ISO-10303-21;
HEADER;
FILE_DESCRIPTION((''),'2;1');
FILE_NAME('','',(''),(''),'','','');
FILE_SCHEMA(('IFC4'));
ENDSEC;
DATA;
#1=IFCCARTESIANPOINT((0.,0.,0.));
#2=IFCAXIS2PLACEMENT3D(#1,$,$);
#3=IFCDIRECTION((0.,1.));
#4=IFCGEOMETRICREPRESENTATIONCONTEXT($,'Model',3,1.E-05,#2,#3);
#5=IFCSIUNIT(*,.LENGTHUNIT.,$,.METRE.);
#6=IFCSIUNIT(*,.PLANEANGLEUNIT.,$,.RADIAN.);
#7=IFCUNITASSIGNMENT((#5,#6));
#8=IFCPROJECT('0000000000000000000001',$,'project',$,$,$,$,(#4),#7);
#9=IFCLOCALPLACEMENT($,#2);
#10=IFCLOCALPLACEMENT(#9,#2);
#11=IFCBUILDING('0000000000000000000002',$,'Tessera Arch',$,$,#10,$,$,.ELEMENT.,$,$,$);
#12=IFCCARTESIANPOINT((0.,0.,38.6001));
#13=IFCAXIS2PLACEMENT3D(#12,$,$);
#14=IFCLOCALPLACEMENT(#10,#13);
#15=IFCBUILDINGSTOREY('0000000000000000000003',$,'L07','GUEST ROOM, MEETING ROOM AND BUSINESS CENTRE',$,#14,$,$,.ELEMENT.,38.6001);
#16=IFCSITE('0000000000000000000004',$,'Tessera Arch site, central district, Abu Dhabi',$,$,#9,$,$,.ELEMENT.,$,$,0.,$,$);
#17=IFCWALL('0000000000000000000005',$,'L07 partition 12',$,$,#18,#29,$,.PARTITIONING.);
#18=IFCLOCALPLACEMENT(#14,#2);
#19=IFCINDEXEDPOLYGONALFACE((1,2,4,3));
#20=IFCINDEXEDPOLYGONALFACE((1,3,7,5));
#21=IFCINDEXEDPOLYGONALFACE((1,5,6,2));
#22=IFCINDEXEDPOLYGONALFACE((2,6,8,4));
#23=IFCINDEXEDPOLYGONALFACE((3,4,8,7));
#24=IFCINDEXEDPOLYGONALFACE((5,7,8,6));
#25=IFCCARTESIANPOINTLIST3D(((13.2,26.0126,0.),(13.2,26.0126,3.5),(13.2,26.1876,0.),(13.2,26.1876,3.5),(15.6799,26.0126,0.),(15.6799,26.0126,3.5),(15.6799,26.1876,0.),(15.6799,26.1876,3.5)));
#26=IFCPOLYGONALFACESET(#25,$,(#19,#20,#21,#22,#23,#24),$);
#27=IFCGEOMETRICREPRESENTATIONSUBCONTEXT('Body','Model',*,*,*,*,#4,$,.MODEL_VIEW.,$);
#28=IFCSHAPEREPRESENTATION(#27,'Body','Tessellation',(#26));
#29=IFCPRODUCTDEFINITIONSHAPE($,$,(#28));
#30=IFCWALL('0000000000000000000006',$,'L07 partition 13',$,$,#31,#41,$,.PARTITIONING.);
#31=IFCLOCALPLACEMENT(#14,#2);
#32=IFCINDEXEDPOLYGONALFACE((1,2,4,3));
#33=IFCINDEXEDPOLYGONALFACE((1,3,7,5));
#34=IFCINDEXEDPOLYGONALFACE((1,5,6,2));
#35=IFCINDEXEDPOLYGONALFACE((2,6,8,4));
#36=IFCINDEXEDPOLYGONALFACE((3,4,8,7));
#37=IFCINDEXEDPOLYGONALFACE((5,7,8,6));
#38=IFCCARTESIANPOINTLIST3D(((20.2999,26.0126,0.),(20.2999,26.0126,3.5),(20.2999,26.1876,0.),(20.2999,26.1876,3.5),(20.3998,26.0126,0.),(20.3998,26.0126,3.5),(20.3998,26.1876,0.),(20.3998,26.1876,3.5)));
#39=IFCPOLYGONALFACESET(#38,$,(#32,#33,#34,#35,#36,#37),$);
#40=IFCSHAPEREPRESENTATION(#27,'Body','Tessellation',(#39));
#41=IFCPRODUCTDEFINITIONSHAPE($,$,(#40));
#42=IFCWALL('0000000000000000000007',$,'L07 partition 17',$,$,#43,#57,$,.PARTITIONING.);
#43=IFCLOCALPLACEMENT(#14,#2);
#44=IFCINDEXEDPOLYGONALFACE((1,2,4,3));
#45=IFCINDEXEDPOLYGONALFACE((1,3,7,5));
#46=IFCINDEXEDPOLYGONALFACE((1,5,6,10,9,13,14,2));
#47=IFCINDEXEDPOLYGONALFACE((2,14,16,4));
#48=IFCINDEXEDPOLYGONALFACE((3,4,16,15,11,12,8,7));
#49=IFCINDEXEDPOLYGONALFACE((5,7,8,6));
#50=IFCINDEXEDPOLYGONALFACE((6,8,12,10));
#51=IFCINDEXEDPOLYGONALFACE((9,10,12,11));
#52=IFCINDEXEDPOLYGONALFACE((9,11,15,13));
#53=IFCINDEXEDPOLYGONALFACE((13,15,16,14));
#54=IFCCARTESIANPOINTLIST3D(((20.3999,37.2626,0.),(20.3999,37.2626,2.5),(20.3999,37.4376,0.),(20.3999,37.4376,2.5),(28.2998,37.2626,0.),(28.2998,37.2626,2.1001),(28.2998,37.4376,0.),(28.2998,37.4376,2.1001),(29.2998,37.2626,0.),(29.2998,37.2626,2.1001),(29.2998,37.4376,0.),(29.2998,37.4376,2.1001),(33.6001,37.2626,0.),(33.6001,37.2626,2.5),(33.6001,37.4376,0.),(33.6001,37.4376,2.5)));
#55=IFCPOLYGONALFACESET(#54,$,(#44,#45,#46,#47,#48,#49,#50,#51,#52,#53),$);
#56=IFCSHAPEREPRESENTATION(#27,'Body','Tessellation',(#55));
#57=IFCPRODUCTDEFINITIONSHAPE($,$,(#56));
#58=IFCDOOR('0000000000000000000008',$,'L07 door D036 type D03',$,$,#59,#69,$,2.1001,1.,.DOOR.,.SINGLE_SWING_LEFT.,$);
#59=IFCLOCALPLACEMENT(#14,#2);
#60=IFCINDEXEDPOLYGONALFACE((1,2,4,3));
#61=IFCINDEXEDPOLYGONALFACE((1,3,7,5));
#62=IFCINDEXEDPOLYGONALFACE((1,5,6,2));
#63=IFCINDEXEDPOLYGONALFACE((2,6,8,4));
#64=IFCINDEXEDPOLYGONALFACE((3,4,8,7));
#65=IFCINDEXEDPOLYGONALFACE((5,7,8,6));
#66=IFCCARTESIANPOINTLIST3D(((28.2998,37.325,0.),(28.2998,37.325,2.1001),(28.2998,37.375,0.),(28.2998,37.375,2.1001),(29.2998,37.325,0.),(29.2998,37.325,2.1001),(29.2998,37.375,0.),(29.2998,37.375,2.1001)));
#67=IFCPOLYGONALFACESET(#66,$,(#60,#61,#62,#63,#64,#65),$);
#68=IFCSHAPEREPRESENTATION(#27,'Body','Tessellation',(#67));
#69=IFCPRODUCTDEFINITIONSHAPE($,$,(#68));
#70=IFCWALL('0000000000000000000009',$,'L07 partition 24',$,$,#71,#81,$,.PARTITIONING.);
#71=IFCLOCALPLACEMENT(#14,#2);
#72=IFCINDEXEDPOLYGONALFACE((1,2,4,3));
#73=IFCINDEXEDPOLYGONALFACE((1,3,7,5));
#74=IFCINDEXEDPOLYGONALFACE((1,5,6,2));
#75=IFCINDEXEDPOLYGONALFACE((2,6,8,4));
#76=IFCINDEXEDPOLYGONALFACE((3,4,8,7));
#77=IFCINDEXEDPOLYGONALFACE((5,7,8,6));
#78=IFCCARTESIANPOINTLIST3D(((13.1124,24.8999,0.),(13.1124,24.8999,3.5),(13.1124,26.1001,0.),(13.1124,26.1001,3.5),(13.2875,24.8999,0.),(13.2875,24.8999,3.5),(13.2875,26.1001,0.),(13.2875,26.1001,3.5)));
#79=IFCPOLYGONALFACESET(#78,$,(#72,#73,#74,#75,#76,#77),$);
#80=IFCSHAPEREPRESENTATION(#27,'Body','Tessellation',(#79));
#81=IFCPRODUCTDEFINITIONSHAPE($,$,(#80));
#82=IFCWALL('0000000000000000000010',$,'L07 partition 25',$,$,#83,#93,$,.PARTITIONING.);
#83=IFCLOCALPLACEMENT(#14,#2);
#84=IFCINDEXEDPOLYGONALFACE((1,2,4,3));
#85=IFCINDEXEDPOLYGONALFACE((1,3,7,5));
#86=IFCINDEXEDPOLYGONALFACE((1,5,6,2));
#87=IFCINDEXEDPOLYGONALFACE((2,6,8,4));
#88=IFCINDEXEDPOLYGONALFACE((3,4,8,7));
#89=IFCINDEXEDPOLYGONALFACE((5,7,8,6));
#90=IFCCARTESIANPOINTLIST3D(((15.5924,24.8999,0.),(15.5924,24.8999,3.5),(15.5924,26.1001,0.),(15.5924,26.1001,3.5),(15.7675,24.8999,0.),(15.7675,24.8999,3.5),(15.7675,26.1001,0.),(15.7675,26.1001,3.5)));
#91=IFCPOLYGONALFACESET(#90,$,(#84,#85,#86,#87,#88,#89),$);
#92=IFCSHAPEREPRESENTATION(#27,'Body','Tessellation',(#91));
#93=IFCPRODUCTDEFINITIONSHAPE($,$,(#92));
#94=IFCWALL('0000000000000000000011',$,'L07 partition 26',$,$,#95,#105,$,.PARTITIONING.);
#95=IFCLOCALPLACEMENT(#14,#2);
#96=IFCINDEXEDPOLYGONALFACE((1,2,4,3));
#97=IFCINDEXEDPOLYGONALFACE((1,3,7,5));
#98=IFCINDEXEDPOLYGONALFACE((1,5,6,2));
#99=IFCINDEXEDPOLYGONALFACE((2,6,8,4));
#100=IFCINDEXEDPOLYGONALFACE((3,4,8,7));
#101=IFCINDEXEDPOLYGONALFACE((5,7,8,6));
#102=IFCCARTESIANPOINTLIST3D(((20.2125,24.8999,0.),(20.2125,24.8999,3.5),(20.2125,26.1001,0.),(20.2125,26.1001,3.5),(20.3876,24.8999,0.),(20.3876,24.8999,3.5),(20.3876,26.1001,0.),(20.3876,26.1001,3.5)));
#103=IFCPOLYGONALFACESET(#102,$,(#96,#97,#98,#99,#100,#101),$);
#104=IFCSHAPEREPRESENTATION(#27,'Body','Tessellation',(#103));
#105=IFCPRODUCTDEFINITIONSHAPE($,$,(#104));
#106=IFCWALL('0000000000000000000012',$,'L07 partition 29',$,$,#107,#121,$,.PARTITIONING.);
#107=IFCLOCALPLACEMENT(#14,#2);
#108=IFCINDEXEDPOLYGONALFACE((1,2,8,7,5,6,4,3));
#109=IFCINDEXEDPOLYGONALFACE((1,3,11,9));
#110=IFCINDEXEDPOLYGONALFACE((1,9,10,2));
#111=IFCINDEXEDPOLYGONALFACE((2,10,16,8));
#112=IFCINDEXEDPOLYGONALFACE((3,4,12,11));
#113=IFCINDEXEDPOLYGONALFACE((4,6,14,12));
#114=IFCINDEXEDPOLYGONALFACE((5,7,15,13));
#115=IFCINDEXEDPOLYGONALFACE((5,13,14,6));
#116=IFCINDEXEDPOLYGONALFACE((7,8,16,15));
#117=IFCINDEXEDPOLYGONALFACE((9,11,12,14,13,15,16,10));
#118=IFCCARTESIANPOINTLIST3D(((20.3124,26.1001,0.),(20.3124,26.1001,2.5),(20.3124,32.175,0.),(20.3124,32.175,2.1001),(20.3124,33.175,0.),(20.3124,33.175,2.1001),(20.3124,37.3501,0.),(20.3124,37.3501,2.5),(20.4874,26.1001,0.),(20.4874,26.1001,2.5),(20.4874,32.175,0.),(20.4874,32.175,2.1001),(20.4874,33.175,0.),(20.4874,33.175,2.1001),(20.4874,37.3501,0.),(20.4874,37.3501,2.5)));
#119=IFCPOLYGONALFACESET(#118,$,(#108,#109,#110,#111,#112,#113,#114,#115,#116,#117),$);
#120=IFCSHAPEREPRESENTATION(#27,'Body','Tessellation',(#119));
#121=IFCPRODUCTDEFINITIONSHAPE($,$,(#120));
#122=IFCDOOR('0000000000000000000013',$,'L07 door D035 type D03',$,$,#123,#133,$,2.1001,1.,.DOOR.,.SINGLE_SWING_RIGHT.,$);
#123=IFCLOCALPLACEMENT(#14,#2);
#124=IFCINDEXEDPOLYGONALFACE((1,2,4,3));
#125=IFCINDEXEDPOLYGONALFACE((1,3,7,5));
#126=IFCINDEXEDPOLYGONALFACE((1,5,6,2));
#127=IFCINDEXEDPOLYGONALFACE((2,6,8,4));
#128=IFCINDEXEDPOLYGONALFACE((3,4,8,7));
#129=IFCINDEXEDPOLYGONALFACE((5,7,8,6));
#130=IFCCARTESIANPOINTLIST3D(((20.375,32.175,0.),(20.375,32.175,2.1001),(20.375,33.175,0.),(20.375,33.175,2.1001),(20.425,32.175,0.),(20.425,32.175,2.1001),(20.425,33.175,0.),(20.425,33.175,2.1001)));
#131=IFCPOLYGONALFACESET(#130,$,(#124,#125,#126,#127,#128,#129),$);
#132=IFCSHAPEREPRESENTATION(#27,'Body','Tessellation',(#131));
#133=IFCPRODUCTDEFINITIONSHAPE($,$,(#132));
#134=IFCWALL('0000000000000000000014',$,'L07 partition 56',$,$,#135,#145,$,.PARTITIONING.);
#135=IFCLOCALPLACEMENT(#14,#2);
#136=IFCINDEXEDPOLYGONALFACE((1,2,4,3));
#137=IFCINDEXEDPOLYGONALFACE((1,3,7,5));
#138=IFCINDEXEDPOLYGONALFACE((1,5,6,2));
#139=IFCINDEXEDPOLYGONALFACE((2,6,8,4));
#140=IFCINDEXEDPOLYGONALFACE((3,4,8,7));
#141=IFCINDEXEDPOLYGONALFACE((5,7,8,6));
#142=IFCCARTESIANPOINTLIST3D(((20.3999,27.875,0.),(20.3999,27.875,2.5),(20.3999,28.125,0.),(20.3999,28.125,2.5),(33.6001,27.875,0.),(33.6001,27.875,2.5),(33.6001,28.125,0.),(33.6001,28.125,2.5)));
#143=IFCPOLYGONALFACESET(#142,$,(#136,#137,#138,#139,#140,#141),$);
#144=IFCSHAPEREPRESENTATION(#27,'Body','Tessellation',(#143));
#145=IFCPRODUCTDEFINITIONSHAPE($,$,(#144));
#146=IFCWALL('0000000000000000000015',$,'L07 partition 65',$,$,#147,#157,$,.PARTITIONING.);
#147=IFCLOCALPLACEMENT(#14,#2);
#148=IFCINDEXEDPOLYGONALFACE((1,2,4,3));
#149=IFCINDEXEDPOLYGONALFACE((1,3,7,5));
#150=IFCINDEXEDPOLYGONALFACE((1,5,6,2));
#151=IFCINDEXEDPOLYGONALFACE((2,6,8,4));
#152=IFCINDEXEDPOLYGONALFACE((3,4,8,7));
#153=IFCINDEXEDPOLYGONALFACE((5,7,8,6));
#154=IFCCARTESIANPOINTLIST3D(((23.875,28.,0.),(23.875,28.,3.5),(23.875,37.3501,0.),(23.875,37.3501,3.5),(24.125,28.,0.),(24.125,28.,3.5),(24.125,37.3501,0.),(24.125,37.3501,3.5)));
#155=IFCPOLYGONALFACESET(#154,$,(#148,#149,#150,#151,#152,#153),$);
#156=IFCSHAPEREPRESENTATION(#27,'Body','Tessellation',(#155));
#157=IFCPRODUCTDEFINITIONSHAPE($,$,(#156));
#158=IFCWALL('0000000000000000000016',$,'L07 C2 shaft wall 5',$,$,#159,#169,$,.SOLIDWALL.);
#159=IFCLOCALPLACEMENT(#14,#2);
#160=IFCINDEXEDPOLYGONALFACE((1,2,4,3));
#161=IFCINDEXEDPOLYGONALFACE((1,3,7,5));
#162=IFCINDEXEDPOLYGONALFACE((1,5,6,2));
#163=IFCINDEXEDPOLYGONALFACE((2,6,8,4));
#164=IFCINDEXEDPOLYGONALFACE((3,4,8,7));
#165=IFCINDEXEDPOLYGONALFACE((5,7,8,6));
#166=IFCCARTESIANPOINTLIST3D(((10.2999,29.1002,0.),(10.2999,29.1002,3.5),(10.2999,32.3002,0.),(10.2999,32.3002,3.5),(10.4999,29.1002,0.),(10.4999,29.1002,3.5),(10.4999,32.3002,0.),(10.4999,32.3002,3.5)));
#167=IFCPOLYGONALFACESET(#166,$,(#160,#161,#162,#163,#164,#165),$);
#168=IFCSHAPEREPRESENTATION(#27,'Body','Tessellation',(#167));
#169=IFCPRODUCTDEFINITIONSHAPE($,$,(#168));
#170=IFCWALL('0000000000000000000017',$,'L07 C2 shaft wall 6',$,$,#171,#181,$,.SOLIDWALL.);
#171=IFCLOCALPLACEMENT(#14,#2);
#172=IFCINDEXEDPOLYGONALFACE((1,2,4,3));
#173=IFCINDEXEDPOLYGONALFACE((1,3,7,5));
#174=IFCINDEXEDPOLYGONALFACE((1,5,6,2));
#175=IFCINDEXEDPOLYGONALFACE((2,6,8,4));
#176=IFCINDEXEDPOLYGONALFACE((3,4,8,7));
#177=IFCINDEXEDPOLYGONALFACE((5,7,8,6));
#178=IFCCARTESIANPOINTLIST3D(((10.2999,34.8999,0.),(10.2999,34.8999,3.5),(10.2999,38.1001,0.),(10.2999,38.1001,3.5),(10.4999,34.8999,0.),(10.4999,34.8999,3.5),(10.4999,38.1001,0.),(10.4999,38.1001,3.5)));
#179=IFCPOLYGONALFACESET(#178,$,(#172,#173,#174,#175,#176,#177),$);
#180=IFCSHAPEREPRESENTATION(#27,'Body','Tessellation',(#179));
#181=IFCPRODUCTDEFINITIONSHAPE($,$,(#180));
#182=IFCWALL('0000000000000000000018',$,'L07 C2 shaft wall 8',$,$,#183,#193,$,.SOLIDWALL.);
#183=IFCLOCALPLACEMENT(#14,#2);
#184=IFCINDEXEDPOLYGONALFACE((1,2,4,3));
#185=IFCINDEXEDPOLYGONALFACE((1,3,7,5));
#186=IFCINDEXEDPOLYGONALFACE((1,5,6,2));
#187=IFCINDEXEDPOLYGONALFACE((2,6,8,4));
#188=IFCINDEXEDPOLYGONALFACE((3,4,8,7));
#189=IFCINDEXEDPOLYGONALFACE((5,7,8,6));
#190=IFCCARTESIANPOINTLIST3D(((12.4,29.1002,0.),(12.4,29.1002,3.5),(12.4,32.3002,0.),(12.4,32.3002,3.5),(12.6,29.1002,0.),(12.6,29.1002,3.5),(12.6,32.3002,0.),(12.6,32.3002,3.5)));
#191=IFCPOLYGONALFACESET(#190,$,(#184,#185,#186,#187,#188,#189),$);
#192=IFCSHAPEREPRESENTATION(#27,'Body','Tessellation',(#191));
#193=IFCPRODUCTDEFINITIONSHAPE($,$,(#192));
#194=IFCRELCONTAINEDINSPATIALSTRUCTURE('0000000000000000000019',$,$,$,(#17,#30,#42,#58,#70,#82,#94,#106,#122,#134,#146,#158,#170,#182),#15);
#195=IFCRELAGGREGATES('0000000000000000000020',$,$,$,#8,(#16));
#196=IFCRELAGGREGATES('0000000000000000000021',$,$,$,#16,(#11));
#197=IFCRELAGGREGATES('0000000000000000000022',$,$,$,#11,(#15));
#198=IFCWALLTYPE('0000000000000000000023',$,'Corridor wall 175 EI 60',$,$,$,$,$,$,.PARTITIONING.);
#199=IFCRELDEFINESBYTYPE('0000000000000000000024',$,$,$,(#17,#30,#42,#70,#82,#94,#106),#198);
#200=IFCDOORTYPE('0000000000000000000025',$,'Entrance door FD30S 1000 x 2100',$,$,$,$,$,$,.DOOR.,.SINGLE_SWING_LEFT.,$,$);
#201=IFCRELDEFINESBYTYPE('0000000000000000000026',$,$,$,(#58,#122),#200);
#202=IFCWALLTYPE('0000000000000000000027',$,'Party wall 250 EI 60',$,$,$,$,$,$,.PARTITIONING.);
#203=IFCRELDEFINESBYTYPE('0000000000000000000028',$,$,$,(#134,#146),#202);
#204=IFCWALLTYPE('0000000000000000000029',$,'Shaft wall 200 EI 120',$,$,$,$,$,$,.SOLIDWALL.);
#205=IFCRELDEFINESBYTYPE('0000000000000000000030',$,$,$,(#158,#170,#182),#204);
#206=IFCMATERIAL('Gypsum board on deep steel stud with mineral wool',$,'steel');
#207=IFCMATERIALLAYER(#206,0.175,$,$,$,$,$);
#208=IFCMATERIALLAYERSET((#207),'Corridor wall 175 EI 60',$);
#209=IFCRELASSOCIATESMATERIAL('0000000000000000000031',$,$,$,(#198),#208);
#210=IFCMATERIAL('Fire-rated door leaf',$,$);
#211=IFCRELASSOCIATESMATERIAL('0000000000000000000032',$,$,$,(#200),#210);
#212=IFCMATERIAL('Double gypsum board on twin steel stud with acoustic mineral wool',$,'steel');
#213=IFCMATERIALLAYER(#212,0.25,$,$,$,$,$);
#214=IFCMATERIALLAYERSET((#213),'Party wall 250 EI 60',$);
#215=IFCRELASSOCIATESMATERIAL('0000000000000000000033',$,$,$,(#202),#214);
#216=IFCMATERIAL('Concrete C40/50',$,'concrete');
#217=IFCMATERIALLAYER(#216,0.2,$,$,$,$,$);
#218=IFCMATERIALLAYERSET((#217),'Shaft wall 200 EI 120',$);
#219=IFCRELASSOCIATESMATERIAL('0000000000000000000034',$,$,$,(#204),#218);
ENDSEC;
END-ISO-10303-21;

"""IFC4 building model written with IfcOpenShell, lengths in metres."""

from ifc_helpers import new_model, si_unit, direction, frame, frame_2d, origin, place, context, subcontext, project, spatial, rectangle, extrude, material, layer, layer_set, type_object, element, fill, save


model = new_model("IFC4")

# Units and contexts
model_context = context("Model", 3, precision=1e-05, world=origin(), true_north=direction((0.0, 1.0)))
body_context = subcontext(model_context, "Body", "Model", "MODEL_VIEW")
ifc_project = project(units=[si_unit("LENGTHUNIT", "METRE"), si_unit("PLANEANGLEUNIT", "RADIAN")], contexts=[model_context])

# Site, building, storey
site_placement = place(None, origin())
site = spatial("IfcSite", under=ifc_project, at=site_placement, Name="Tessera Arch site, central district, Abu Dhabi", CompositionType="ELEMENT", RefElevation=0.0)
building_placement = place(site_placement, origin())
building = spatial("IfcBuilding", under=site, at=building_placement, Name="Tessera Arch", CompositionType="ELEMENT")
storey_placement = place(building_placement, frame((0.0, 0.0, 38.6001)))
storey = spatial("IfcBuildingStorey", under=building, at=storey_placement, Name="L07", Description="GUEST ROOM, MEETING ROOM AND BUSINESS CENTRE", CompositionType="ELEMENT", Elevation=38.6001)

# Shared definitions
ifc_material_1 = material(Name="Gypsum board on deep steel stud with mineral wool", Category="steel")
ifc_layer_1 = layer(ifc_material_1, 0.175)
ifc_layer_set_1 = layer_set([ifc_layer_1], Name="Corridor wall 175 EI 60")
wall_type_1 = type_object("IfcWallType", Name="Corridor wall 175 EI 60", PredefinedType="PARTITIONING", material=ifc_layer_set_1)
ifc_material_2 = material(Name="Fire-rated door leaf")
door_type_1 = type_object("IfcDoorType", Name="Entrance door FD30S 1000 x 2100", OperationType="SINGLE_SWING_LEFT", PredefinedType="DOOR", material=ifc_material_2)

# Walls
wall_1_placement = place(storey_placement, frame((13.2, 26.1001, 0.0), z_axis=(0.0, 0.0, 1.0), x_axis=(1.0, 0.0, 0.0)))
element("IfcWall", 1, at=wall_1_placement, inside=storey, type_object=wall_type_1, Name="L07 partition 12", PredefinedType="PARTITIONING", context=body_context, shape_type="SweptSolid", body=[
    extrude(rectangle(XDim=2.48, YDim=0.175, at=frame_2d((1.24, 0.0))), origin(), (0.0, 0.0, 1.0), 3.5),
])
wall_2_placement = place(storey_placement, frame((20.3, 26.1001, 0.0), z_axis=(0.0, 0.0, 1.0), x_axis=(1.0, 0.0, 0.0)))
element("IfcWall", 2, at=wall_2_placement, inside=storey, type_object=wall_type_1, Name="L07 partition 13", PredefinedType="PARTITIONING", context=body_context, shape_type="SweptSolid", body=[
    extrude(rectangle(XDim=0.0999, YDim=0.175, at=frame_2d((0.0498, 0.0))), origin(), (0.0, 0.0, 1.0), 3.5),
])

# Wall, opening, door
wall_3_placement = place(storey_placement, frame((20.3999, 37.3501, 0.0), z_axis=(0.0, 0.0, 1.0), x_axis=(1.0, 0.0, 0.0)))
wall_3 = element("IfcWall", 3, at=wall_3_placement, inside=storey, type_object=wall_type_1, Name="L07 partition 17", PredefinedType="PARTITIONING", context=body_context, shape_type="SweptSolid", body=[
    extrude(rectangle(XDim=13.2002, YDim=0.175, at=frame_2d((6.6001, 0.0))), origin(), (0.0, 0.0, 1.0), 2.5),
])
opening_1_placement = place(wall_3_placement, frame((7.8999, 0.0, 0.0)))
opening_1 = element("IfcOpeningElement", 4, at=opening_1_placement, cuts=wall_3, PredefinedType="OPENING", context=body_context, shape_type="SweptSolid", body=[
    extrude(rectangle(XDim=1.0, YDim=2.1001, at=frame_2d((0.5, 1.05))), frame((0.0, 0.0974, 0.0), z_axis=(0.0, -1.0, 0.0), x_axis=(1.0, 0.0, 0.0)), (0.0, 0.0, 1.0), 0.1951),
])
door_1_placement = place(opening_1_placement, origin())
door_1 = element("IfcDoor", 5, at=door_1_placement, inside=storey, type_object=door_type_1, Name="L07 door D036 type D03", OperationType="SINGLE_SWING_LEFT", OverallHeight=2.1001, OverallWidth=1.0, PredefinedType="DOOR", context=body_context, shape_type="SweptSolid", body=[
    extrude(rectangle(XDim=1.0, YDim=2.1001, at=frame_2d((0.5, 1.05))), frame((0.0, 0.0249, 0.0), z_axis=(0.0, -1.0, 0.0), x_axis=(1.0, 0.0, 0.0)), (0.0, 0.0, 1.0), 0.05),
])
fill(opening_1, door_1)

# Walls
for number, where, z_axis, x_axis, name in (
    (6, (13.2, 24.8999, 0.0), (0.0, 0.0, 1.0), (0.0, 1.0, 0.0), "L07 partition 24"),
    (7, (15.6799, 24.8999, 0.0), (0.0, 0.0, 1.0), (0.0, 1.0, 0.0), "L07 partition 25"),
    (8, (20.3, 24.8999, 0.0), (0.0, 0.0, 1.0), (0.0, 1.0, 0.0), "L07 partition 26"),
):
    element("IfcWall", number, at=place(storey_placement, frame(where, z_axis=z_axis, x_axis=x_axis)), inside=storey, type_object=wall_type_1, Name=name, PredefinedType="PARTITIONING", context=body_context, shape_type="SweptSolid", body=[
        extrude(rectangle(XDim=1.2002, YDim=0.175, at=frame_2d((0.6001, 0.0))), origin(), (0.0, 0.0, 1.0), 3.5),
    ])

# Wall, opening, door
wall_4_placement = place(storey_placement, frame((20.3999, 26.1001, 0.0), z_axis=(0.0, 0.0, 1.0), x_axis=(0.0, 1.0, 0.0)))
wall_4 = element("IfcWall", 9, at=wall_4_placement, inside=storey, type_object=wall_type_1, Name="L07 partition 29", PredefinedType="PARTITIONING", context=body_context, shape_type="SweptSolid", body=[
    extrude(rectangle(XDim=11.25, YDim=0.175, at=frame_2d((5.625, 0.0))), origin(), (0.0, 0.0, 1.0), 2.5),
])
opening_2_placement = place(wall_4_placement, frame((6.075, 0.0, 0.0)))
opening_2 = element("IfcOpeningElement", 10, at=opening_2_placement, cuts=wall_4, PredefinedType="OPENING", context=body_context, shape_type="SweptSolid", body=[
    extrude(rectangle(XDim=1.0, YDim=2.1001, at=frame_2d((0.5, 1.05))), frame((0.0, 0.0974, 0.0), z_axis=(0.0, -1.0, 0.0), x_axis=(1.0, 0.0, 0.0)), (0.0, 0.0, 1.0), 0.1951),
])
door_2_placement = place(opening_2_placement, origin())
door_2 = element("IfcDoor", 11, at=door_2_placement, inside=storey, type_object=door_type_1, Name="L07 door D035 type D03", OperationType="SINGLE_SWING_RIGHT", OverallHeight=2.1001, OverallWidth=1.0, PredefinedType="DOOR", context=body_context, shape_type="SweptSolid", body=[
    extrude(rectangle(XDim=1.0, YDim=2.1001, at=frame_2d((0.5, 1.05))), frame((0.0, 0.0249, 0.0), z_axis=(0.0, -1.0, 0.0), x_axis=(1.0, 0.0, 0.0)), (0.0, 0.0, 1.0), 0.05),
])
fill(opening_2, door_2)

# Walls
ifc_material_3 = material(Name="Double gypsum board on twin steel stud with acoustic mineral wool", Category="steel")
ifc_layer_2 = layer(ifc_material_3, 0.25)
ifc_layer_set_2 = layer_set([ifc_layer_2], Name="Party wall 250 EI 60")
wall_type_2 = type_object("IfcWallType", Name="Party wall 250 EI 60", PredefinedType="PARTITIONING", material=ifc_layer_set_2)
wall_5_placement = place(storey_placement, frame((20.3999, 28.0, 0.0), z_axis=(0.0, 0.0, 1.0), x_axis=(1.0, 0.0, 0.0)))
element("IfcWall", 12, at=wall_5_placement, inside=storey, type_object=wall_type_2, Name="L07 partition 56", PredefinedType="PARTITIONING", context=body_context, shape_type="SweptSolid", body=[
    extrude(rectangle(XDim=13.2002, YDim=0.25, at=frame_2d((6.6001, 0.0))), origin(), (0.0, 0.0, 1.0), 2.5),
])
wall_6_placement = place(storey_placement, frame((24.0, 28.0, 0.0), z_axis=(0.0, 0.0, 1.0), x_axis=(0.0, 1.0, 0.0)))
element("IfcWall", 13, at=wall_6_placement, inside=storey, type_object=wall_type_2, Name="L07 partition 65", PredefinedType="PARTITIONING", context=body_context, shape_type="SweptSolid", body=[
    extrude(rectangle(XDim=9.3501, YDim=0.25, at=frame_2d((4.675, 0.0))), origin(), (0.0, 0.0, 1.0), 3.5),
])
ifc_material_4 = material(Name="Concrete C40/50", Category="concrete")
ifc_layer_3 = layer(ifc_material_4, 0.2)
ifc_layer_set_3 = layer_set([ifc_layer_3], Name="Shaft wall 200 EI 120")
wall_type_3 = type_object("IfcWallType", Name="Shaft wall 200 EI 120", PredefinedType="SOLIDWALL", material=ifc_layer_set_3)
wall_7_placement = place(storey_placement, frame((10.3999, 29.1001, 0.0), z_axis=(0.0, 0.0, 1.0), x_axis=(0.0, 1.0, 0.0)))
element("IfcWall", 14, at=wall_7_placement, inside=storey, type_object=wall_type_3, Name="L07 C2 shaft wall 5", PredefinedType="SOLIDWALL", context=body_context, shape_type="SweptSolid", body=[
    extrude(rectangle(XDim=3.2, YDim=0.2, at=frame_2d((1.6001, 0.0))), origin(), (0.0, 0.0, 1.0), 3.5),
])
wall_8_placement = place(storey_placement, frame((10.3999, 34.8999, 0.0), z_axis=(0.0, 0.0, 1.0), x_axis=(0.0, 1.0, 0.0)))
element("IfcWall", 15, at=wall_8_placement, inside=storey, type_object=wall_type_3, Name="L07 C2 shaft wall 6", PredefinedType="SOLIDWALL", context=body_context, shape_type="SweptSolid", body=[
    extrude(rectangle(XDim=3.2002, YDim=0.2, at=frame_2d((1.6001, 0.0))), origin(), (0.0, 0.0, 1.0), 3.5),
])
wall_9_placement = place(storey_placement, frame((12.5, 29.1001, 0.0), z_axis=(0.0, 0.0, 1.0), x_axis=(0.0, 1.0, 0.0)))
element("IfcWall", 16, at=wall_9_placement, inside=storey, type_object=wall_type_3, Name="L07 C2 shaft wall 8", PredefinedType="SOLIDWALL", context=body_context, shape_type="SweptSolid", body=[
    extrude(rectangle(XDim=3.2, YDim=0.2, at=frame_2d((1.6001, 0.0))), origin(), (0.0, 0.0, 1.0), 3.5),
])

save(model, "model.ifc")
